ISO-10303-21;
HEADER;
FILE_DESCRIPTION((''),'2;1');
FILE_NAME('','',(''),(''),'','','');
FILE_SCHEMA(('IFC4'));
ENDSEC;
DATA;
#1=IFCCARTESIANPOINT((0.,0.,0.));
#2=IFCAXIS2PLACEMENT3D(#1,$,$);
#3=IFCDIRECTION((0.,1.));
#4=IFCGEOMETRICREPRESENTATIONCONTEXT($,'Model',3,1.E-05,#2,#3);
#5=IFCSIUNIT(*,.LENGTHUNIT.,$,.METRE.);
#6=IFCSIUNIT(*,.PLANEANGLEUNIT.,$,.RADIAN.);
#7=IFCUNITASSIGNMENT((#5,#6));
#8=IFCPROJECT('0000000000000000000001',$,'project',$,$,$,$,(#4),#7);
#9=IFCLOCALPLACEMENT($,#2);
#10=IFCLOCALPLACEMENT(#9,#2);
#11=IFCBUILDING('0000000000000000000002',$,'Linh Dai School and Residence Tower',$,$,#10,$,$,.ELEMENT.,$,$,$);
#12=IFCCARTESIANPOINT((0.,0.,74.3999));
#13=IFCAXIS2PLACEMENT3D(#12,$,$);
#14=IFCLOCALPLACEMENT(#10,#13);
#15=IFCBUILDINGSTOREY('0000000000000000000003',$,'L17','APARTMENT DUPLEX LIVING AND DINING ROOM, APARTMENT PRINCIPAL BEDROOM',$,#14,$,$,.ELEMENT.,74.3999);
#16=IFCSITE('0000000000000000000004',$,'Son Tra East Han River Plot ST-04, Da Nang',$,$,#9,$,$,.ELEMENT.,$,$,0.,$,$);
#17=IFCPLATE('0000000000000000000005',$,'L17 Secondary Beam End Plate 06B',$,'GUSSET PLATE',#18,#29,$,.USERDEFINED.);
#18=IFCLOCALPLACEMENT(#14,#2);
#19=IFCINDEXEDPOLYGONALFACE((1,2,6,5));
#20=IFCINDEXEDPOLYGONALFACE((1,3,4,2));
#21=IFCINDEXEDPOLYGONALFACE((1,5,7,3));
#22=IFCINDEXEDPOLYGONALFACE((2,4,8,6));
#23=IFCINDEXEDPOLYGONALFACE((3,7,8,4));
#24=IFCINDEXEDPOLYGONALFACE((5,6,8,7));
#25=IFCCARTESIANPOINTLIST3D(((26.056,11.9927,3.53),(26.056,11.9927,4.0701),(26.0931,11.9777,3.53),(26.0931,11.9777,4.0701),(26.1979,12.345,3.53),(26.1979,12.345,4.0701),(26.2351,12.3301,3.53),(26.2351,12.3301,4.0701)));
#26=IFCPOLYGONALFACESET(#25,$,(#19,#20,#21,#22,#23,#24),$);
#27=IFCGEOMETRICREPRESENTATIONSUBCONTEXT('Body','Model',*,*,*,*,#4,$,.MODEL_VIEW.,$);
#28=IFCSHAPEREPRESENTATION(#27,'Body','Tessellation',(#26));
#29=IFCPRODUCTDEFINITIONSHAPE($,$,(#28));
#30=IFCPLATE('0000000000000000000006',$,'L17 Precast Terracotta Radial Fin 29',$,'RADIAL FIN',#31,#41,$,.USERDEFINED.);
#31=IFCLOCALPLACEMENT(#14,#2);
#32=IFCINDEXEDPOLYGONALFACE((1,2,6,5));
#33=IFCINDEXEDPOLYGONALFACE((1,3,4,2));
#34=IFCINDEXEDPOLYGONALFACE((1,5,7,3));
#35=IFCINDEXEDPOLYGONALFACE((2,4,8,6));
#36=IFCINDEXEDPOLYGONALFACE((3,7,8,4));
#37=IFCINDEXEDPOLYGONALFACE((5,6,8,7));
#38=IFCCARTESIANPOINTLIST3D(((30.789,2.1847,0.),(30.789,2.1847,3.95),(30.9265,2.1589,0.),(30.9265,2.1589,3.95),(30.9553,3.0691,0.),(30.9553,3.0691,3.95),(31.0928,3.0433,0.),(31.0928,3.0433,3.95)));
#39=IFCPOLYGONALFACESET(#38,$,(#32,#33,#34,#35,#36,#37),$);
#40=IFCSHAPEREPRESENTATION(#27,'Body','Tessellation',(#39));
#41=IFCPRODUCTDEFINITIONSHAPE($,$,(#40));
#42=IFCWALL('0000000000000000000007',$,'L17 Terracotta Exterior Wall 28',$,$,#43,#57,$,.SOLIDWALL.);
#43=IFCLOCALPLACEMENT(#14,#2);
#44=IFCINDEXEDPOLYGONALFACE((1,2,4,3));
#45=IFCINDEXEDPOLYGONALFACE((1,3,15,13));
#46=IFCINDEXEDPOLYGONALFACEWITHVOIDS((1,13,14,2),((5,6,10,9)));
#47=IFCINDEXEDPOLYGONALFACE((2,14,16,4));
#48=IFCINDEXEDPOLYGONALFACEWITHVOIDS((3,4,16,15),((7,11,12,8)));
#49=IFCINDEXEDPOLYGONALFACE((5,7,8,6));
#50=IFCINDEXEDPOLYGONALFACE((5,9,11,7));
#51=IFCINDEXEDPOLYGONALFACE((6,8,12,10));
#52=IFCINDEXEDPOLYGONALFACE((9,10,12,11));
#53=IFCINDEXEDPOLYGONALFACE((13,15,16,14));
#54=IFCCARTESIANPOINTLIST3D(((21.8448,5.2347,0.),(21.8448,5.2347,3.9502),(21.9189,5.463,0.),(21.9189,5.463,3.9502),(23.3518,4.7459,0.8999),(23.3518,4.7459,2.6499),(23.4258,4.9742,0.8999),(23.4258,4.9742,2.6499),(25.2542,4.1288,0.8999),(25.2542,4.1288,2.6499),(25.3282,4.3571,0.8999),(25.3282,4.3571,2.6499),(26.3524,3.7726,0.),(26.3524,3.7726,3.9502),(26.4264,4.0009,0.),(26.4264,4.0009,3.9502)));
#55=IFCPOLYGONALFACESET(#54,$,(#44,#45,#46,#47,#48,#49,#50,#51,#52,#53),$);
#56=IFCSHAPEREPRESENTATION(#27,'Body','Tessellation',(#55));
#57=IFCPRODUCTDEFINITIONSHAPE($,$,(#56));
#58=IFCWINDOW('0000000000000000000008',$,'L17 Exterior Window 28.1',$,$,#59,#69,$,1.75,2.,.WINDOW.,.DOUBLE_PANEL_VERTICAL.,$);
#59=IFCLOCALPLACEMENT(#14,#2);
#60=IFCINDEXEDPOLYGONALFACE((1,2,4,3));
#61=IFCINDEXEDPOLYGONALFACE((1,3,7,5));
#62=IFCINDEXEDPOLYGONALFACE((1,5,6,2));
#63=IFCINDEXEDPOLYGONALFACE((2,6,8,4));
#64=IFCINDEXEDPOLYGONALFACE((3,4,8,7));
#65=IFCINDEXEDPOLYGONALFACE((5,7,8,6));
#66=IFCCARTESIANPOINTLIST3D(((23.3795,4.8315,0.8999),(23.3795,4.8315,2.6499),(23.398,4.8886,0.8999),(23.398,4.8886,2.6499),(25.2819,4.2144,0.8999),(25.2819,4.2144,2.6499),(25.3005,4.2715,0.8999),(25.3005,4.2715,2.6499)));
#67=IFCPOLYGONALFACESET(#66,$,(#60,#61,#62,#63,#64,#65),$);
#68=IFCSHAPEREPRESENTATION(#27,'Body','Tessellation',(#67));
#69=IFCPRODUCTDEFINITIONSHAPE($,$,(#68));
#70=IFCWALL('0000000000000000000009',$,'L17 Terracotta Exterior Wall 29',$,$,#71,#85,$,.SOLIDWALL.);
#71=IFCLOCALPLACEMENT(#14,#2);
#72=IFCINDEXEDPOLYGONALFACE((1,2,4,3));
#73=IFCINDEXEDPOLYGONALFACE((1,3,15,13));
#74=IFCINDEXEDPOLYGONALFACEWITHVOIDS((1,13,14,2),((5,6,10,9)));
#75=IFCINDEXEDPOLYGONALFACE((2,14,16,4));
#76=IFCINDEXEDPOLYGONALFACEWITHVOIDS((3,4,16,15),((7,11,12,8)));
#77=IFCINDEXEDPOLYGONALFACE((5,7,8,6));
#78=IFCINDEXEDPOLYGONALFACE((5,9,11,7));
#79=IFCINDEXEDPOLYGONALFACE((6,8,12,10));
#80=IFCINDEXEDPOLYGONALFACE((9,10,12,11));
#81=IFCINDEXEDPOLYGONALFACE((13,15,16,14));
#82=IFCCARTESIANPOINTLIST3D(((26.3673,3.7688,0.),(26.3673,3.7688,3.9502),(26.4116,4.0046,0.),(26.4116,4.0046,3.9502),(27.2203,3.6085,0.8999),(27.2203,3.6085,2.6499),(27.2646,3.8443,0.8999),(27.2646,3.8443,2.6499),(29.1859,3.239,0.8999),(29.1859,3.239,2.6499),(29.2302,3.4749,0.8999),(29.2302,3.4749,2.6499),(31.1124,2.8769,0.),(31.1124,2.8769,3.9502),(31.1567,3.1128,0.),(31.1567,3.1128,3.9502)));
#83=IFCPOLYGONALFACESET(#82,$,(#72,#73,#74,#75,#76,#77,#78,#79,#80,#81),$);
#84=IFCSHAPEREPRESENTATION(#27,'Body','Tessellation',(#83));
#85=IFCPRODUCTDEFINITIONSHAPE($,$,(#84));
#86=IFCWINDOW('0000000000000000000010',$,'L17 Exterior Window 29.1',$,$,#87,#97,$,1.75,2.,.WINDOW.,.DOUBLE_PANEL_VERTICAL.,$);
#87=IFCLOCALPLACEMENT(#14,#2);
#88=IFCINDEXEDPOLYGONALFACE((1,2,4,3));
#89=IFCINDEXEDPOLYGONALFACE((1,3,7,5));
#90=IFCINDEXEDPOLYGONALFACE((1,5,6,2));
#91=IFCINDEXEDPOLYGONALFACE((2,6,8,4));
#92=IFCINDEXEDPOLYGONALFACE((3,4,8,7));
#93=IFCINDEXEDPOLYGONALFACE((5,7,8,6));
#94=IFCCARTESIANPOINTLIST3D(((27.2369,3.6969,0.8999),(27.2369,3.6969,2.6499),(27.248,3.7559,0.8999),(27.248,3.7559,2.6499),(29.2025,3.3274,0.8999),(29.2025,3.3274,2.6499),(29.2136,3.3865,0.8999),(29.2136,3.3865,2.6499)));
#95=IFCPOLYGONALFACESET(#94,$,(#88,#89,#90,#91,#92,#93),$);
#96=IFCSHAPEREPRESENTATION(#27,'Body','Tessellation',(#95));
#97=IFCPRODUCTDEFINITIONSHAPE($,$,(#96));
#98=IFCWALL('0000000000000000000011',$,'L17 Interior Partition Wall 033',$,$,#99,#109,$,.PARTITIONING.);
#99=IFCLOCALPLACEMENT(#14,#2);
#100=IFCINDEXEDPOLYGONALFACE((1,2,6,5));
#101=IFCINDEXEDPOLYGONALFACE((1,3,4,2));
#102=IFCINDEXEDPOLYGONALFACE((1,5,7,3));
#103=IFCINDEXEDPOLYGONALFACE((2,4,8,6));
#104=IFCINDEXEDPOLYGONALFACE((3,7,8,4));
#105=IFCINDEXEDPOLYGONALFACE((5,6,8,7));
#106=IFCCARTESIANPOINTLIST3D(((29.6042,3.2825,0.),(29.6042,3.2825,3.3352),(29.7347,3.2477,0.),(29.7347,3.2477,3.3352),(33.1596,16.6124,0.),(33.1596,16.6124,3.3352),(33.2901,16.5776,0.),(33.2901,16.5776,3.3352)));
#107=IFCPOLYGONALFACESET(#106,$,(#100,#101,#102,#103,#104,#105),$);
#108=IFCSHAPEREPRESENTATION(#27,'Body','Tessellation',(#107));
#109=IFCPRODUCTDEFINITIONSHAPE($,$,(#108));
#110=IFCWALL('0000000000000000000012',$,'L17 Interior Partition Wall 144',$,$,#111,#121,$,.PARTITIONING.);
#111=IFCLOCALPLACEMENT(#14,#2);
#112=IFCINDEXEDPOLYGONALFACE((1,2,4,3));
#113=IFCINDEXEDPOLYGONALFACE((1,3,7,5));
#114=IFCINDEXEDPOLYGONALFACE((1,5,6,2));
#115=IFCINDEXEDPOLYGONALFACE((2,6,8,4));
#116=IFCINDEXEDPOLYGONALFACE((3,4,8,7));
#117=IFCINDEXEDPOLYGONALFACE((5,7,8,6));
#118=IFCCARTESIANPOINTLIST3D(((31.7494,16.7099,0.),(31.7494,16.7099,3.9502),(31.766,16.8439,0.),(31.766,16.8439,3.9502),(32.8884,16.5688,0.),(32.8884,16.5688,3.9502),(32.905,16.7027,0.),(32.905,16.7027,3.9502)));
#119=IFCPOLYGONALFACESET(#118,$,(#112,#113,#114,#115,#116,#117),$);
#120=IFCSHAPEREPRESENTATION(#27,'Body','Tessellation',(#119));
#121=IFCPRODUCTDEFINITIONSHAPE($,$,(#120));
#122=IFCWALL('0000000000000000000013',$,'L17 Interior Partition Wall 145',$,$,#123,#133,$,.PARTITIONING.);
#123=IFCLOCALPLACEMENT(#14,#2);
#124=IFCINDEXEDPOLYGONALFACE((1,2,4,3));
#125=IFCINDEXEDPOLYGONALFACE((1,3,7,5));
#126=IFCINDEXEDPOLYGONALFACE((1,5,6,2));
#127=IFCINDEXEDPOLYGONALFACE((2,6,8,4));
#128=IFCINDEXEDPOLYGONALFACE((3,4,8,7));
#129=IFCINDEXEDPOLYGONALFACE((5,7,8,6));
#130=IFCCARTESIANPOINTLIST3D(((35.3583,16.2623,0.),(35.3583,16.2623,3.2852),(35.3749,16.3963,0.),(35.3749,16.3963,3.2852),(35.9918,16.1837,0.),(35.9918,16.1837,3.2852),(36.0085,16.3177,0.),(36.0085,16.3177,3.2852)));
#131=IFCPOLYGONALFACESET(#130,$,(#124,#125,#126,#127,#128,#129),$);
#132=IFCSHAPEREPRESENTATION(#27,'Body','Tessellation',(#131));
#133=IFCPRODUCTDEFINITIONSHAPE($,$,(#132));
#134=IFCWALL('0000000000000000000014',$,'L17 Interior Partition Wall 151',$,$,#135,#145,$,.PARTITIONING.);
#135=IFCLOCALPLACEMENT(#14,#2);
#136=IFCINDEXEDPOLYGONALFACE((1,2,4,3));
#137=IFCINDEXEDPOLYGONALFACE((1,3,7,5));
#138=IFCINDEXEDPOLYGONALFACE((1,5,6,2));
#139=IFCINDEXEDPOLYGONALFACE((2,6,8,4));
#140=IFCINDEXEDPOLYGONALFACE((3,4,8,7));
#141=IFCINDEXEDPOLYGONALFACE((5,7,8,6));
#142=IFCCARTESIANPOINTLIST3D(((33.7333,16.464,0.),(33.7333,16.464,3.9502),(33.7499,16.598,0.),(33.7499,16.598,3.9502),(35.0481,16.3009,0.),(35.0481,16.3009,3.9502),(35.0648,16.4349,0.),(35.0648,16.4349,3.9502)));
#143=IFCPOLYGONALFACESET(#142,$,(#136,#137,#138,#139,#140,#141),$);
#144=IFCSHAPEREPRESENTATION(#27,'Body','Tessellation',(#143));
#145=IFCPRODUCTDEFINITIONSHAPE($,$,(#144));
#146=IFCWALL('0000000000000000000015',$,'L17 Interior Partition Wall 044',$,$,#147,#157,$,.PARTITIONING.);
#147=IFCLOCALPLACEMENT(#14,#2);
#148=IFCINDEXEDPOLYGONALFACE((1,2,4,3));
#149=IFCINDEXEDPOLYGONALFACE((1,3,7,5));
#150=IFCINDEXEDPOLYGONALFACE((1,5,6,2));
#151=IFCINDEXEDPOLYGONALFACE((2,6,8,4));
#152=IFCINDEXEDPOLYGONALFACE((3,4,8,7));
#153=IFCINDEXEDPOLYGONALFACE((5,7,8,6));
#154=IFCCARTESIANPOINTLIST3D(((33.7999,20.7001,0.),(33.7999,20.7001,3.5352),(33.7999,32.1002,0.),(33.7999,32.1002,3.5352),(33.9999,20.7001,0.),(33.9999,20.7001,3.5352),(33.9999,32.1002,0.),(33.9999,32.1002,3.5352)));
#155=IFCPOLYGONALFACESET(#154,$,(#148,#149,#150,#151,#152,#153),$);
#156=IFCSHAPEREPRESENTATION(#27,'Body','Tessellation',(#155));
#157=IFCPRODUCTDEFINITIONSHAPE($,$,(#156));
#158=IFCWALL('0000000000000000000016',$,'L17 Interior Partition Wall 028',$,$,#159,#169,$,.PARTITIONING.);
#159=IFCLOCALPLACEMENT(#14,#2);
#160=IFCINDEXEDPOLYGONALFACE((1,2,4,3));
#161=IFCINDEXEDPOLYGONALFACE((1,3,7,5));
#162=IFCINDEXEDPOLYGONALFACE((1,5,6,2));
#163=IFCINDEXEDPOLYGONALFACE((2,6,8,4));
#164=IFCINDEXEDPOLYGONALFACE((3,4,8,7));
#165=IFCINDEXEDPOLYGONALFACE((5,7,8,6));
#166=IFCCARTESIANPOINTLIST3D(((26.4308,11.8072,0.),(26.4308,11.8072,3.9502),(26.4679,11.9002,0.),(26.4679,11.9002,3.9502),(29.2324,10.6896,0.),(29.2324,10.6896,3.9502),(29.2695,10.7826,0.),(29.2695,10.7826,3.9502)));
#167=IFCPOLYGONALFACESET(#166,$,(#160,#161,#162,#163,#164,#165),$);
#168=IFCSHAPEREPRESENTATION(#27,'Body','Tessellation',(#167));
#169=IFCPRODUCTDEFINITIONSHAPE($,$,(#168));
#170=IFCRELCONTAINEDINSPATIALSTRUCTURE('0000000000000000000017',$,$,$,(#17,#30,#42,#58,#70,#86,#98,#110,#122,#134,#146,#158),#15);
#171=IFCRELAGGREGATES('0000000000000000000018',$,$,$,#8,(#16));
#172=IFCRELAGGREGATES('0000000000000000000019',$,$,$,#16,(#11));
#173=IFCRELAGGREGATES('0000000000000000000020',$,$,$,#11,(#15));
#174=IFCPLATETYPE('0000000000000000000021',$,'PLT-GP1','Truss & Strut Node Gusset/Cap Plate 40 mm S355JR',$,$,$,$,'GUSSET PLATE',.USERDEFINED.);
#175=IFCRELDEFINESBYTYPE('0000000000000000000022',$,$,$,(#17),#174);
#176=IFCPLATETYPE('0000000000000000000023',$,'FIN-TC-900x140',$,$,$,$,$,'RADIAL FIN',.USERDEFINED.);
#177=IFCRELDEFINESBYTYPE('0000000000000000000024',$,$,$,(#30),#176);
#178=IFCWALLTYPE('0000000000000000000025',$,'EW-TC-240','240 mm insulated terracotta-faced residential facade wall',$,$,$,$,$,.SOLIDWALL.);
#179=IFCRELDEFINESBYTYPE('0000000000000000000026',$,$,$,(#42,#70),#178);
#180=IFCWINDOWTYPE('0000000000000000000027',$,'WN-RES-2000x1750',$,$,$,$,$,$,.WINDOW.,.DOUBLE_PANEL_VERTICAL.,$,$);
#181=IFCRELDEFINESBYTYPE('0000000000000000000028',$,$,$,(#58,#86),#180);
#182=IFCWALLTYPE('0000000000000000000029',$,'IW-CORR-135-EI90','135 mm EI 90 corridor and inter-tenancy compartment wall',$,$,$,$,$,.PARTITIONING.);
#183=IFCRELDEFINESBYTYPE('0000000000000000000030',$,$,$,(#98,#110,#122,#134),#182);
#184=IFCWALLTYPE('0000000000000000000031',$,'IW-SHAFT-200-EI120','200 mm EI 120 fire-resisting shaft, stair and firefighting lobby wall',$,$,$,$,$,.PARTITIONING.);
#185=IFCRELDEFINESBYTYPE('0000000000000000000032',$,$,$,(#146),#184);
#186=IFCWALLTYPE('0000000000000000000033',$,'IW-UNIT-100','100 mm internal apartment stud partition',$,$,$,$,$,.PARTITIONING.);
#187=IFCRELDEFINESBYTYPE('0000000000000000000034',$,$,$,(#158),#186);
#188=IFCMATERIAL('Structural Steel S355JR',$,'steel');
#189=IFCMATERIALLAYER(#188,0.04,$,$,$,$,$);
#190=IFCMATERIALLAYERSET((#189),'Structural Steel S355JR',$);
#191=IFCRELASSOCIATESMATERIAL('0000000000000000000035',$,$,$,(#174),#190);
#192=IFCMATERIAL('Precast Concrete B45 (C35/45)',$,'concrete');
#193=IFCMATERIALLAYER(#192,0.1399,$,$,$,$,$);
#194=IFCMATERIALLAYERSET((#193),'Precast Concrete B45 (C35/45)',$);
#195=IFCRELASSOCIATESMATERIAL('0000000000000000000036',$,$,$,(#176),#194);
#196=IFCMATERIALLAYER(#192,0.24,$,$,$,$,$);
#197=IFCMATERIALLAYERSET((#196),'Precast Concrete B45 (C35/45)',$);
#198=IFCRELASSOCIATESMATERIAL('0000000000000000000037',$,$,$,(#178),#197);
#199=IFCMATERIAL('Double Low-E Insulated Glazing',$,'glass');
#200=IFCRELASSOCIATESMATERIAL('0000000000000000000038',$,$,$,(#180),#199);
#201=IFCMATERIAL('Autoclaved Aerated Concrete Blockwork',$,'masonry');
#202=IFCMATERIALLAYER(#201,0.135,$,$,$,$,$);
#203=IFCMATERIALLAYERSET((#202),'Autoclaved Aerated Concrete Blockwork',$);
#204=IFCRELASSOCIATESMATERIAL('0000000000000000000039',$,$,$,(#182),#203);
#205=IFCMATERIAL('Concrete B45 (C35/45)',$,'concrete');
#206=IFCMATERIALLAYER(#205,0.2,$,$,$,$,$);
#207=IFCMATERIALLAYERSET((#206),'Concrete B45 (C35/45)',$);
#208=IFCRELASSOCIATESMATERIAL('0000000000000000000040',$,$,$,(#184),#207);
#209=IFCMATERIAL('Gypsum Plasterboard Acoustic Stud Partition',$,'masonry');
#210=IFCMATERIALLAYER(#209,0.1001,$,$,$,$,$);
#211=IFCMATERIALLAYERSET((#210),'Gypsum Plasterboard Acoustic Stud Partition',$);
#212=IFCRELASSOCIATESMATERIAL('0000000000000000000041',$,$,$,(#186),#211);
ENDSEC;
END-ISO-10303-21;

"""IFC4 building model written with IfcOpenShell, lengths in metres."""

from ifc_helpers import new_model, si_unit, direction, frame, frame_2d, origin, origin_2d, place, context, subcontext, project, spatial, rectangle, extrude, source, transform, mapped, material, layer, layer_set, type_object, element, fill, save


model = new_model("IFC4")

# Units and contexts
model_context = context("Model", 3, precision=1e-05, world=origin(), true_north=direction((0.0, 1.0)))
body_context = subcontext(model_context, "Body", "Model", "MODEL_VIEW")
ifc_project = project(units=[si_unit("LENGTHUNIT", "METRE"), si_unit("PLANEANGLEUNIT", "RADIAN")], contexts=[model_context])

# Site, building, storey
site_placement = place(None, origin())
site = spatial("IfcSite", under=ifc_project, at=site_placement, Name="Son Tra East Han River Plot ST-04, Da Nang", CompositionType="ELEMENT", RefElevation=0.0)
building_placement = place(site_placement, origin())
building = spatial("IfcBuilding", under=site, at=building_placement, Name="Linh Dai School and Residence Tower", CompositionType="ELEMENT")
storey_placement = place(building_placement, frame((0.0, 0.0, 74.3999)))
storey = spatial("IfcBuildingStorey", under=building, at=storey_placement, Name="L17", Description="APARTMENT DUPLEX LIVING AND DINING ROOM, APARTMENT PRINCIPAL BEDROOM", CompositionType="ELEMENT", Elevation=74.3999)

# Shared definitions
ifc_material_1 = material(Name="Structural Steel S355JR", Category="steel")

# Plates
ifc_layer_1 = layer(ifc_material_1, 0.04)
ifc_layer_set_1 = layer_set([ifc_layer_1], Name="Structural Steel S355JR")
plate_type_1 = type_object("IfcPlateType", Name="PLT-GP1", Description="Truss & Strut Node Gusset/Cap Plate 40 mm S355JR", ElementType="GUSSET PLATE", PredefinedType="USERDEFINED", material=ifc_layer_set_1)
shared_shape_1 = source(origin(), body_context, "Body", "SweptSolid", [
    extrude(rectangle(XDim=0.04, YDim=0.3799, at=origin_2d()), origin(), (0.0, 0.0, 1.0), 0.54),
])
plate_1_placement = place(storey_placement, frame((26.1455, 12.1614, 3.53), z_axis=(0.0, 0.0, 1.0), x_axis=(0.927536, -0.373733, 0.0)))
element("IfcPlate", 1, at=plate_1_placement, inside=storey, type_object=plate_type_1, Name="L17 Secondary Beam End Plate 06B", ObjectType="GUSSET PLATE", PredefinedType="USERDEFINED", context=body_context, shape_type="MappedRepresentation", body=[
    mapped(shared_shape_1, transform((0.0, 0.0, 0.0), x_axis=(1.0, 0.0, 0.0), y_axis=(0.0, 1.0, 0.0), z_axis=(0.0, 0.0, 1.0), scale=1.0)),
])
ifc_material_2 = material(Name="Precast Concrete B45 (C35/45)", Category="concrete")
ifc_layer_2 = layer(ifc_material_2, 0.1399)
ifc_layer_set_2 = layer_set([ifc_layer_2], Name="Precast Concrete B45 (C35/45)")
plate_type_2 = type_object("IfcPlateType", Name="FIN-TC-900x140", ElementType="RADIAL FIN", PredefinedType="USERDEFINED", material=ifc_layer_set_2)
shared_shape_2 = source(origin(), body_context, "Body", "SweptSolid", [
    extrude(rectangle(XDim=0.8999, YDim=0.1399, at=origin_2d()), origin(), (0.0, 0.0, 1.0), 3.95),
])
plate_2_placement = place(storey_placement, frame((30.9409, 2.614, 0.0), z_axis=(0.0, 0.0, 1.0), x_axis=(-0.184748, -0.982786, 0.0)))
element("IfcPlate", 2, at=plate_2_placement, inside=storey, type_object=plate_type_2, Name="L17 Precast Terracotta Radial Fin 29", ObjectType="RADIAL FIN", PredefinedType="USERDEFINED", context=body_context, shape_type="MappedRepresentation", body=[
    mapped(shared_shape_2, transform((0.0, 0.0, 0.0), x_axis=(1.0, 0.0, 0.0), y_axis=(0.0, 1.0, 0.0), z_axis=(0.0, 0.0, 1.0), scale=1.0)),
])

# Walls, openings, windows
ifc_layer_3 = layer(ifc_material_2, 0.24)
ifc_layer_set_3 = layer_set([ifc_layer_3], Name="Precast Concrete B45 (C35/45)")
wall_type_1 = type_object("IfcWallType", Name="EW-TC-240", Description="240 mm insulated terracotta-faced residential facade wall", PredefinedType="SOLIDWALL", material=ifc_layer_set_3)
wall_1_placement = place(storey_placement, frame((26.3894, 3.8867, 0.0), z_axis=(0.0, 0.0, 1.0), x_axis=(-0.951208, 0.308551, 0.0)))
wall_1 = element("IfcWall", 3, at=wall_1_placement, inside=storey, type_object=wall_type_1, Name="L17 Terracotta Exterior Wall 28", PredefinedType="SOLIDWALL", context=body_context, shape_type="SweptSolid", body=[
    extrude(rectangle(XDim=4.7388, YDim=0.24, at=frame_2d((2.3694, 0.0))), origin(), (0.0, 0.0, 1.0), 3.9502),
])
opening_1_placement = place(wall_1_placement, frame((1.1545, 0.0, 0.8999)))
opening_1 = element("IfcOpeningElement", 4, at=opening_1_placement, cuts=wall_1, PredefinedType="OPENING", context=body_context, shape_type="SweptSolid", body=[
    extrude(rectangle(XDim=2.0, YDim=1.75, at=origin_2d()), frame((1.0, 0.1299, 0.875), z_axis=(0.0, -1.0, 0.0), x_axis=(1.0, 0.0, 0.0)), (0.0, 0.0, 1.0), 0.26),
])
ifc_material_3 = material(Name="Double Low-E Insulated Glazing", Category="glass")
window_type = type_object("IfcWindowType", Name="WN-RES-2000x1750", PartitioningType="DOUBLE_PANEL_VERTICAL", PredefinedType="WINDOW", material=ifc_material_3)
shared_shape_3 = source(origin(), body_context, "Body", "SweptSolid", [
    extrude(rectangle(XDim=2.0, YDim=1.75, at=origin_2d()), frame((1.0, 0.03, 0.875), z_axis=(0.0, -1.0, 0.0), x_axis=(1.0, 0.0, 0.0)), (0.0, 0.0, 1.0), 0.0601),
])
window_1_placement = place(opening_1_placement, origin())
window_1 = element("IfcWindow", 5, at=window_1_placement, inside=storey, type_object=window_type, Name="L17 Exterior Window 28.1", OverallHeight=1.75, OverallWidth=2.0, PartitioningType="DOUBLE_PANEL_VERTICAL", PredefinedType="WINDOW", context=body_context, shape_type="MappedRepresentation", body=[
    mapped(shared_shape_3, transform((0.0, 0.0, 0.0), x_axis=(1.0, 0.0, 0.0), y_axis=(0.0, 1.0, 0.0), z_axis=(0.0, 0.0, 1.0), scale=1.0)),
])
fill(opening_1, window_1)
wall_2_placement = place(storey_placement, frame((31.1345, 2.9949, 0.0), z_axis=(0.0, 0.0, 1.0), x_axis=(-0.982792, 0.184716, 0.0)))
wall_2 = element("IfcWall", 6, at=wall_2_placement, inside=storey, type_object=wall_type_1, Name="L17 Terracotta Exterior Wall 29", PredefinedType="SOLIDWALL", context=body_context, shape_type="SweptSolid", body=[
    extrude(rectangle(XDim=4.8281, YDim=0.24, at=frame_2d((2.4141, 0.0))), origin(), (0.0, 0.0, 1.0), 3.9502),
])
opening_2_placement = place(wall_2_placement, frame((1.9602, 0.0, 0.8999)))
opening_2 = element("IfcOpeningElement", 7, at=opening_2_placement, cuts=wall_2, PredefinedType="OPENING", context=body_context, shape_type="SweptSolid", body=[
    extrude(rectangle(XDim=2.0, YDim=1.75, at=origin_2d()), frame((1.0, 0.1299, 0.875), z_axis=(0.0, -1.0, 0.0), x_axis=(1.0, 0.0, 0.0)), (0.0, 0.0, 1.0), 0.26),
])
window_2_placement = place(opening_2_placement, origin())
window_2 = element("IfcWindow", 8, at=window_2_placement, inside=storey, type_object=window_type, Name="L17 Exterior Window 29.1", OverallHeight=1.75, OverallWidth=2.0, PartitioningType="DOUBLE_PANEL_VERTICAL", PredefinedType="WINDOW", context=body_context, shape_type="MappedRepresentation", body=[
    mapped(shared_shape_3, transform((0.0, 0.0, 0.0), x_axis=(1.0, 0.0, 0.0), y_axis=(0.0, 1.0, 0.0), z_axis=(0.0, 0.0, 1.0), scale=1.0)),
])
fill(opening_2, window_2)

# Walls
ifc_material_4 = material(Name="Autoclaved Aerated Concrete Blockwork", Category="masonry")
ifc_layer_4 = layer(ifc_material_4, 0.135)
ifc_layer_set_4 = layer_set([ifc_layer_4], Name="Autoclaved Aerated Concrete Blockwork")
wall_type_2 = type_object("IfcWallType", Name="IW-CORR-135-EI90", Description="135 mm EI 90 corridor and inter-tenancy compartment wall", PredefinedType="PARTITIONING", material=ifc_layer_set_4)
wall_3_placement = place(storey_placement, frame((29.6694, 3.2651, 0.0), z_axis=(0.0, 0.0, 1.0), x_axis=(0.257717, 0.966221, 0.0)))
element("IfcWall", 9, at=wall_3_placement, inside=storey, type_object=wall_type_2, Name="L17 Interior Partition Wall 033", PredefinedType="PARTITIONING", context=body_context, shape_type="SweptSolid", body=[
    extrude(rectangle(XDim=13.7959, YDim=0.135, at=frame_2d((6.8979, 0.0))), origin(), (0.0, 0.0, 1.0), 3.3352),
])
wall_4_placement = place(storey_placement, frame((31.7578, 16.7769, 0.0), z_axis=(0.0, 0.0, 1.0), x_axis=(0.992411, -0.122961, 0.0)))
element("IfcWall", 10, at=wall_4_placement, inside=storey, type_object=wall_type_2, Name="L17 Interior Partition Wall 144", PredefinedType="PARTITIONING", context=body_context, shape_type="SweptSolid", body=[
    extrude(rectangle(XDim=1.1477, YDim=0.135, at=frame_2d((0.5737, 0.0))), origin(), (0.0, 0.0, 1.0), 3.9502),
])
wall_5_placement = place(storey_placement, frame((35.3665, 16.3293, 0.0), z_axis=(0.0, 0.0, 1.0), x_axis=(0.992389, -0.12314, 0.0)))
element("IfcWall", 11, at=wall_5_placement, inside=storey, type_object=wall_type_2, Name="L17 Interior Partition Wall 145", PredefinedType="PARTITIONING", context=body_context, shape_type="SweptSolid", body=[
    extrude(rectangle(XDim=0.6384, YDim=0.135, at=frame_2d((0.3193, 0.0))), origin(), (0.0, 0.0, 1.0), 3.2852),
])
wall_6_placement = place(storey_placement, frame((33.7415, 16.531, 0.0), z_axis=(0.0, 0.0, 1.0), x_axis=(0.992396, -0.123082, 0.0)))
element("IfcWall", 12, at=wall_6_placement, inside=storey, type_object=wall_type_2, Name="L17 Interior Partition Wall 151", PredefinedType="PARTITIONING", context=body_context, shape_type="SweptSolid", body=[
    extrude(rectangle(XDim=1.325, YDim=0.135, at=frame_2d((0.6626, 0.0))), origin(), (0.0, 0.0, 1.0), 3.9502),
])
ifc_material_5 = material(Name="Concrete B45 (C35/45)", Category="concrete")
ifc_layer_5 = layer(ifc_material_5, 0.2)
ifc_layer_set_5 = layer_set([ifc_layer_5], Name="Concrete B45 (C35/45)")
wall_type_3 = type_object("IfcWallType", Name="IW-SHAFT-200-EI120", Description="200 mm EI 120 fire-resisting shaft, stair and firefighting lobby wall", PredefinedType="PARTITIONING", material=ifc_layer_set_5)
wall_7_placement = place(storey_placement, frame((33.8999, 20.7, 0.0), z_axis=(0.0, 0.0, 1.0), x_axis=(0.0, 1.0, 0.0)))
element("IfcWall", 13, at=wall_7_placement, inside=storey, type_object=wall_type_3, Name="L17 Interior Partition Wall 044", PredefinedType="PARTITIONING", context=body_context, shape_type="SweptSolid", body=[
    extrude(rectangle(XDim=11.4001, YDim=0.2, at=frame_2d((5.7002, 0.0))), origin(), (0.0, 0.0, 1.0), 3.5352),
])
ifc_material_6 = material(Name="Gypsum Plasterboard Acoustic Stud Partition", Category="masonry")
ifc_layer_6 = layer(ifc_material_6, 0.1001)
ifc_layer_set_6 = layer_set([ifc_layer_6], Name="Gypsum Plasterboard Acoustic Stud Partition")
wall_type_4 = type_object("IfcWallType", Name="IW-UNIT-100", Description="100 mm internal apartment stud partition", PredefinedType="PARTITIONING", material=ifc_layer_set_6)
wall_8_placement = place(storey_placement, frame((26.4492, 11.8538, 0.0), z_axis=(0.0, 0.0, 1.0), x_axis=(0.928822, -0.370525, 0.0)))
element("IfcWall", 14, at=wall_8_placement, inside=storey, type_object=wall_type_4, Name="L17 Interior Partition Wall 028", PredefinedType="PARTITIONING", context=body_context, shape_type="SweptSolid", body=[
    extrude(rectangle(XDim=3.0164, YDim=0.1001, at=frame_2d((1.5083, 0.0))), origin(), (0.0, 0.0, 1.0), 3.9502),
])

save(model, "model.ifc")
